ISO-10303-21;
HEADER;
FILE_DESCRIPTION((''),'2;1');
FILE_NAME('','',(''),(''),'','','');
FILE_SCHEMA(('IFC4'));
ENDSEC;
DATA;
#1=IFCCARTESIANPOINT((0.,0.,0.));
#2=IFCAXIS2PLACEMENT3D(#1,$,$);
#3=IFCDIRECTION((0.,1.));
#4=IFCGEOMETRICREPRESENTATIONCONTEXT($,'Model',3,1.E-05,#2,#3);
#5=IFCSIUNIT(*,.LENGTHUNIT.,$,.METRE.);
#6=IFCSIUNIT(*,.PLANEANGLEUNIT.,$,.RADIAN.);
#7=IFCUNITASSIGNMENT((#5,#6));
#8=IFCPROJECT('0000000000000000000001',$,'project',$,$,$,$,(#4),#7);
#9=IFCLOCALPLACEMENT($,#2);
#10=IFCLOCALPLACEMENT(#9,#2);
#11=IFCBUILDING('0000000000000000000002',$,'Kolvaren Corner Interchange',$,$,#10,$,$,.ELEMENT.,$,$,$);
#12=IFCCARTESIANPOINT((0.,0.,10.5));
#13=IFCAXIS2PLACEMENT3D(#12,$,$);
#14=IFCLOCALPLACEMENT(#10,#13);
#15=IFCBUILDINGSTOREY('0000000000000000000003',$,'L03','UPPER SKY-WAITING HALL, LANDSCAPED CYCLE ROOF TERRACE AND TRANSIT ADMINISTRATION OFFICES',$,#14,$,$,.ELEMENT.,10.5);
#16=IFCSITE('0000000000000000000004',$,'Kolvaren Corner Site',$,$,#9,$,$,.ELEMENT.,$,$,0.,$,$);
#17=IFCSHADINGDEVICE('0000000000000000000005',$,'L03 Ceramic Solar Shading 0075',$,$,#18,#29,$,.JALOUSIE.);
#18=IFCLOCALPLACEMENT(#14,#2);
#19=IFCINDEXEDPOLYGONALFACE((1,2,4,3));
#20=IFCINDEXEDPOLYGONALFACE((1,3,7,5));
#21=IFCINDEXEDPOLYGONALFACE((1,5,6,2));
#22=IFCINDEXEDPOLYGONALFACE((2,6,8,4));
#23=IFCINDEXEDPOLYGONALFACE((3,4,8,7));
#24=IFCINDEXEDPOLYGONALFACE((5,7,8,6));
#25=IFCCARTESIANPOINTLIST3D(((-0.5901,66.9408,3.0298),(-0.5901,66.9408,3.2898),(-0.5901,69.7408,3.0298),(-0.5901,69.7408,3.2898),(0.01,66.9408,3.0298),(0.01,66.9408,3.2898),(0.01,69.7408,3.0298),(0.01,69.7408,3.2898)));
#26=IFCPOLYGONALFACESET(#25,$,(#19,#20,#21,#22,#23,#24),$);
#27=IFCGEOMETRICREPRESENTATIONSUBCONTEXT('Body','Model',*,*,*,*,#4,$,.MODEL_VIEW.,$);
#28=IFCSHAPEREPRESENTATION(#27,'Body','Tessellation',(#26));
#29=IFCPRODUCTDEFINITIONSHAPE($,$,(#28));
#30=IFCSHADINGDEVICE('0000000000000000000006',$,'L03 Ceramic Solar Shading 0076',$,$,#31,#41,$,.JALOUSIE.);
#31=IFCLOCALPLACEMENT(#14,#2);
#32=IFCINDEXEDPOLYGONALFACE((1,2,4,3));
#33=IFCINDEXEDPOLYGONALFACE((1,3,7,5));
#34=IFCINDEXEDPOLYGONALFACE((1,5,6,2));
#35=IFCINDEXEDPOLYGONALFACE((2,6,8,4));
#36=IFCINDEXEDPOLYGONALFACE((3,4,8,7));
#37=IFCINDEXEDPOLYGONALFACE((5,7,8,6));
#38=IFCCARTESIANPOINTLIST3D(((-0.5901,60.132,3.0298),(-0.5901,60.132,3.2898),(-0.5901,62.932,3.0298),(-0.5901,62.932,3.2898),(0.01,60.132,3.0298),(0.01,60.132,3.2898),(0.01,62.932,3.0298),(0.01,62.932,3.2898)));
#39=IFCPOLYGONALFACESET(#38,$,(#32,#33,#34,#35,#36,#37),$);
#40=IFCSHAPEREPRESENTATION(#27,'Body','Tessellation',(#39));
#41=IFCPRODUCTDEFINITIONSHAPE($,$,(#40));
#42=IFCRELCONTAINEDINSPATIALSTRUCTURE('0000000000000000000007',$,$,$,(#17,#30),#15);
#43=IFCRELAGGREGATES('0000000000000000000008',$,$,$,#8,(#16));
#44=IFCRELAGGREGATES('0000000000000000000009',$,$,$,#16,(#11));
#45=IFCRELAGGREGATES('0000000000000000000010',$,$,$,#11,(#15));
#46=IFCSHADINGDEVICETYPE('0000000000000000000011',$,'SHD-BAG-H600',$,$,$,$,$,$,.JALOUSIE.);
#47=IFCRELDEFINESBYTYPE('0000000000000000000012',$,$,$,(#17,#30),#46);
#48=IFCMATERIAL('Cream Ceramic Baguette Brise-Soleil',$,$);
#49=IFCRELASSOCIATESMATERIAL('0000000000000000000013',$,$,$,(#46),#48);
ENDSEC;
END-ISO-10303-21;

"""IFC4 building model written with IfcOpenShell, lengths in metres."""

from ifc_helpers import new_model, si_unit, direction, frame, origin, origin_2d, place, context, subcontext, project, spatial, rectangle, extrude, material, type_object, element, save


model = new_model("IFC4")

# Units and contexts
model_context = context("Model", 3, precision=1e-05, world=origin(), true_north=direction((0.0, 1.0)))
body_context = subcontext(model_context, "Body", "Model", "MODEL_VIEW")
ifc_project = project(units=[si_unit("LENGTHUNIT", "METRE"), si_unit("PLANEANGLEUNIT", "RADIAN")], contexts=[model_context])

# Site, building, storey
site_placement = place(None, origin())
site = spatial("IfcSite", under=ifc_project, at=site_placement, Name="Kolvaren Corner Site", CompositionType="ELEMENT", RefElevation=0.0)
building_placement = place(site_placement, origin())
building = spatial("IfcBuilding", under=site, at=building_placement, Name="Kolvaren Corner Interchange", CompositionType="ELEMENT")
storey_placement = place(building_placement, frame((0.0, 0.0, 10.5)))
storey = spatial("IfcBuildingStorey", under=building, at=storey_placement, Name="L03", Description="UPPER SKY-WAITING HALL, LANDSCAPED CYCLE ROOF TERRACE AND TRANSIT ADMINISTRATION OFFICES", CompositionType="ELEMENT", Elevation=10.5)

# Shading devices
ifc_material_1 = material(Name="Cream Ceramic Baguette Brise-Soleil")
shading_device_type = type_object("IfcShadingDeviceType", Name="SHD-BAG-H600", PredefinedType="JALOUSIE", material=ifc_material_1)
for number, where, z_axis, x_axis, name in (
    (1, (-0.29, 68.3408, 3.0298), (0.0, 0.0, 1.0), (0.0, -1.0, 0.0), "L03 Ceramic Solar Shading 0075"),
    (2, (-0.29, 61.532, 3.0298), (0.0, 0.0, 1.0), (0.0, -1.0, 0.0), "L03 Ceramic Solar Shading 0076"),
):
    element("IfcShadingDevice", number, at=place(storey_placement, frame(where, z_axis=z_axis, x_axis=x_axis)), inside=storey, type_object=shading_device_type, Name=name, PredefinedType="JALOUSIE", context=body_context, shape_type="SweptSolid", body=[
        extrude(rectangle(XDim=2.8, YDim=0.6001, at=origin_2d()), origin(), (0.0, 0.0, 1.0), 0.26),
    ])

save(model, "model.ifc")
